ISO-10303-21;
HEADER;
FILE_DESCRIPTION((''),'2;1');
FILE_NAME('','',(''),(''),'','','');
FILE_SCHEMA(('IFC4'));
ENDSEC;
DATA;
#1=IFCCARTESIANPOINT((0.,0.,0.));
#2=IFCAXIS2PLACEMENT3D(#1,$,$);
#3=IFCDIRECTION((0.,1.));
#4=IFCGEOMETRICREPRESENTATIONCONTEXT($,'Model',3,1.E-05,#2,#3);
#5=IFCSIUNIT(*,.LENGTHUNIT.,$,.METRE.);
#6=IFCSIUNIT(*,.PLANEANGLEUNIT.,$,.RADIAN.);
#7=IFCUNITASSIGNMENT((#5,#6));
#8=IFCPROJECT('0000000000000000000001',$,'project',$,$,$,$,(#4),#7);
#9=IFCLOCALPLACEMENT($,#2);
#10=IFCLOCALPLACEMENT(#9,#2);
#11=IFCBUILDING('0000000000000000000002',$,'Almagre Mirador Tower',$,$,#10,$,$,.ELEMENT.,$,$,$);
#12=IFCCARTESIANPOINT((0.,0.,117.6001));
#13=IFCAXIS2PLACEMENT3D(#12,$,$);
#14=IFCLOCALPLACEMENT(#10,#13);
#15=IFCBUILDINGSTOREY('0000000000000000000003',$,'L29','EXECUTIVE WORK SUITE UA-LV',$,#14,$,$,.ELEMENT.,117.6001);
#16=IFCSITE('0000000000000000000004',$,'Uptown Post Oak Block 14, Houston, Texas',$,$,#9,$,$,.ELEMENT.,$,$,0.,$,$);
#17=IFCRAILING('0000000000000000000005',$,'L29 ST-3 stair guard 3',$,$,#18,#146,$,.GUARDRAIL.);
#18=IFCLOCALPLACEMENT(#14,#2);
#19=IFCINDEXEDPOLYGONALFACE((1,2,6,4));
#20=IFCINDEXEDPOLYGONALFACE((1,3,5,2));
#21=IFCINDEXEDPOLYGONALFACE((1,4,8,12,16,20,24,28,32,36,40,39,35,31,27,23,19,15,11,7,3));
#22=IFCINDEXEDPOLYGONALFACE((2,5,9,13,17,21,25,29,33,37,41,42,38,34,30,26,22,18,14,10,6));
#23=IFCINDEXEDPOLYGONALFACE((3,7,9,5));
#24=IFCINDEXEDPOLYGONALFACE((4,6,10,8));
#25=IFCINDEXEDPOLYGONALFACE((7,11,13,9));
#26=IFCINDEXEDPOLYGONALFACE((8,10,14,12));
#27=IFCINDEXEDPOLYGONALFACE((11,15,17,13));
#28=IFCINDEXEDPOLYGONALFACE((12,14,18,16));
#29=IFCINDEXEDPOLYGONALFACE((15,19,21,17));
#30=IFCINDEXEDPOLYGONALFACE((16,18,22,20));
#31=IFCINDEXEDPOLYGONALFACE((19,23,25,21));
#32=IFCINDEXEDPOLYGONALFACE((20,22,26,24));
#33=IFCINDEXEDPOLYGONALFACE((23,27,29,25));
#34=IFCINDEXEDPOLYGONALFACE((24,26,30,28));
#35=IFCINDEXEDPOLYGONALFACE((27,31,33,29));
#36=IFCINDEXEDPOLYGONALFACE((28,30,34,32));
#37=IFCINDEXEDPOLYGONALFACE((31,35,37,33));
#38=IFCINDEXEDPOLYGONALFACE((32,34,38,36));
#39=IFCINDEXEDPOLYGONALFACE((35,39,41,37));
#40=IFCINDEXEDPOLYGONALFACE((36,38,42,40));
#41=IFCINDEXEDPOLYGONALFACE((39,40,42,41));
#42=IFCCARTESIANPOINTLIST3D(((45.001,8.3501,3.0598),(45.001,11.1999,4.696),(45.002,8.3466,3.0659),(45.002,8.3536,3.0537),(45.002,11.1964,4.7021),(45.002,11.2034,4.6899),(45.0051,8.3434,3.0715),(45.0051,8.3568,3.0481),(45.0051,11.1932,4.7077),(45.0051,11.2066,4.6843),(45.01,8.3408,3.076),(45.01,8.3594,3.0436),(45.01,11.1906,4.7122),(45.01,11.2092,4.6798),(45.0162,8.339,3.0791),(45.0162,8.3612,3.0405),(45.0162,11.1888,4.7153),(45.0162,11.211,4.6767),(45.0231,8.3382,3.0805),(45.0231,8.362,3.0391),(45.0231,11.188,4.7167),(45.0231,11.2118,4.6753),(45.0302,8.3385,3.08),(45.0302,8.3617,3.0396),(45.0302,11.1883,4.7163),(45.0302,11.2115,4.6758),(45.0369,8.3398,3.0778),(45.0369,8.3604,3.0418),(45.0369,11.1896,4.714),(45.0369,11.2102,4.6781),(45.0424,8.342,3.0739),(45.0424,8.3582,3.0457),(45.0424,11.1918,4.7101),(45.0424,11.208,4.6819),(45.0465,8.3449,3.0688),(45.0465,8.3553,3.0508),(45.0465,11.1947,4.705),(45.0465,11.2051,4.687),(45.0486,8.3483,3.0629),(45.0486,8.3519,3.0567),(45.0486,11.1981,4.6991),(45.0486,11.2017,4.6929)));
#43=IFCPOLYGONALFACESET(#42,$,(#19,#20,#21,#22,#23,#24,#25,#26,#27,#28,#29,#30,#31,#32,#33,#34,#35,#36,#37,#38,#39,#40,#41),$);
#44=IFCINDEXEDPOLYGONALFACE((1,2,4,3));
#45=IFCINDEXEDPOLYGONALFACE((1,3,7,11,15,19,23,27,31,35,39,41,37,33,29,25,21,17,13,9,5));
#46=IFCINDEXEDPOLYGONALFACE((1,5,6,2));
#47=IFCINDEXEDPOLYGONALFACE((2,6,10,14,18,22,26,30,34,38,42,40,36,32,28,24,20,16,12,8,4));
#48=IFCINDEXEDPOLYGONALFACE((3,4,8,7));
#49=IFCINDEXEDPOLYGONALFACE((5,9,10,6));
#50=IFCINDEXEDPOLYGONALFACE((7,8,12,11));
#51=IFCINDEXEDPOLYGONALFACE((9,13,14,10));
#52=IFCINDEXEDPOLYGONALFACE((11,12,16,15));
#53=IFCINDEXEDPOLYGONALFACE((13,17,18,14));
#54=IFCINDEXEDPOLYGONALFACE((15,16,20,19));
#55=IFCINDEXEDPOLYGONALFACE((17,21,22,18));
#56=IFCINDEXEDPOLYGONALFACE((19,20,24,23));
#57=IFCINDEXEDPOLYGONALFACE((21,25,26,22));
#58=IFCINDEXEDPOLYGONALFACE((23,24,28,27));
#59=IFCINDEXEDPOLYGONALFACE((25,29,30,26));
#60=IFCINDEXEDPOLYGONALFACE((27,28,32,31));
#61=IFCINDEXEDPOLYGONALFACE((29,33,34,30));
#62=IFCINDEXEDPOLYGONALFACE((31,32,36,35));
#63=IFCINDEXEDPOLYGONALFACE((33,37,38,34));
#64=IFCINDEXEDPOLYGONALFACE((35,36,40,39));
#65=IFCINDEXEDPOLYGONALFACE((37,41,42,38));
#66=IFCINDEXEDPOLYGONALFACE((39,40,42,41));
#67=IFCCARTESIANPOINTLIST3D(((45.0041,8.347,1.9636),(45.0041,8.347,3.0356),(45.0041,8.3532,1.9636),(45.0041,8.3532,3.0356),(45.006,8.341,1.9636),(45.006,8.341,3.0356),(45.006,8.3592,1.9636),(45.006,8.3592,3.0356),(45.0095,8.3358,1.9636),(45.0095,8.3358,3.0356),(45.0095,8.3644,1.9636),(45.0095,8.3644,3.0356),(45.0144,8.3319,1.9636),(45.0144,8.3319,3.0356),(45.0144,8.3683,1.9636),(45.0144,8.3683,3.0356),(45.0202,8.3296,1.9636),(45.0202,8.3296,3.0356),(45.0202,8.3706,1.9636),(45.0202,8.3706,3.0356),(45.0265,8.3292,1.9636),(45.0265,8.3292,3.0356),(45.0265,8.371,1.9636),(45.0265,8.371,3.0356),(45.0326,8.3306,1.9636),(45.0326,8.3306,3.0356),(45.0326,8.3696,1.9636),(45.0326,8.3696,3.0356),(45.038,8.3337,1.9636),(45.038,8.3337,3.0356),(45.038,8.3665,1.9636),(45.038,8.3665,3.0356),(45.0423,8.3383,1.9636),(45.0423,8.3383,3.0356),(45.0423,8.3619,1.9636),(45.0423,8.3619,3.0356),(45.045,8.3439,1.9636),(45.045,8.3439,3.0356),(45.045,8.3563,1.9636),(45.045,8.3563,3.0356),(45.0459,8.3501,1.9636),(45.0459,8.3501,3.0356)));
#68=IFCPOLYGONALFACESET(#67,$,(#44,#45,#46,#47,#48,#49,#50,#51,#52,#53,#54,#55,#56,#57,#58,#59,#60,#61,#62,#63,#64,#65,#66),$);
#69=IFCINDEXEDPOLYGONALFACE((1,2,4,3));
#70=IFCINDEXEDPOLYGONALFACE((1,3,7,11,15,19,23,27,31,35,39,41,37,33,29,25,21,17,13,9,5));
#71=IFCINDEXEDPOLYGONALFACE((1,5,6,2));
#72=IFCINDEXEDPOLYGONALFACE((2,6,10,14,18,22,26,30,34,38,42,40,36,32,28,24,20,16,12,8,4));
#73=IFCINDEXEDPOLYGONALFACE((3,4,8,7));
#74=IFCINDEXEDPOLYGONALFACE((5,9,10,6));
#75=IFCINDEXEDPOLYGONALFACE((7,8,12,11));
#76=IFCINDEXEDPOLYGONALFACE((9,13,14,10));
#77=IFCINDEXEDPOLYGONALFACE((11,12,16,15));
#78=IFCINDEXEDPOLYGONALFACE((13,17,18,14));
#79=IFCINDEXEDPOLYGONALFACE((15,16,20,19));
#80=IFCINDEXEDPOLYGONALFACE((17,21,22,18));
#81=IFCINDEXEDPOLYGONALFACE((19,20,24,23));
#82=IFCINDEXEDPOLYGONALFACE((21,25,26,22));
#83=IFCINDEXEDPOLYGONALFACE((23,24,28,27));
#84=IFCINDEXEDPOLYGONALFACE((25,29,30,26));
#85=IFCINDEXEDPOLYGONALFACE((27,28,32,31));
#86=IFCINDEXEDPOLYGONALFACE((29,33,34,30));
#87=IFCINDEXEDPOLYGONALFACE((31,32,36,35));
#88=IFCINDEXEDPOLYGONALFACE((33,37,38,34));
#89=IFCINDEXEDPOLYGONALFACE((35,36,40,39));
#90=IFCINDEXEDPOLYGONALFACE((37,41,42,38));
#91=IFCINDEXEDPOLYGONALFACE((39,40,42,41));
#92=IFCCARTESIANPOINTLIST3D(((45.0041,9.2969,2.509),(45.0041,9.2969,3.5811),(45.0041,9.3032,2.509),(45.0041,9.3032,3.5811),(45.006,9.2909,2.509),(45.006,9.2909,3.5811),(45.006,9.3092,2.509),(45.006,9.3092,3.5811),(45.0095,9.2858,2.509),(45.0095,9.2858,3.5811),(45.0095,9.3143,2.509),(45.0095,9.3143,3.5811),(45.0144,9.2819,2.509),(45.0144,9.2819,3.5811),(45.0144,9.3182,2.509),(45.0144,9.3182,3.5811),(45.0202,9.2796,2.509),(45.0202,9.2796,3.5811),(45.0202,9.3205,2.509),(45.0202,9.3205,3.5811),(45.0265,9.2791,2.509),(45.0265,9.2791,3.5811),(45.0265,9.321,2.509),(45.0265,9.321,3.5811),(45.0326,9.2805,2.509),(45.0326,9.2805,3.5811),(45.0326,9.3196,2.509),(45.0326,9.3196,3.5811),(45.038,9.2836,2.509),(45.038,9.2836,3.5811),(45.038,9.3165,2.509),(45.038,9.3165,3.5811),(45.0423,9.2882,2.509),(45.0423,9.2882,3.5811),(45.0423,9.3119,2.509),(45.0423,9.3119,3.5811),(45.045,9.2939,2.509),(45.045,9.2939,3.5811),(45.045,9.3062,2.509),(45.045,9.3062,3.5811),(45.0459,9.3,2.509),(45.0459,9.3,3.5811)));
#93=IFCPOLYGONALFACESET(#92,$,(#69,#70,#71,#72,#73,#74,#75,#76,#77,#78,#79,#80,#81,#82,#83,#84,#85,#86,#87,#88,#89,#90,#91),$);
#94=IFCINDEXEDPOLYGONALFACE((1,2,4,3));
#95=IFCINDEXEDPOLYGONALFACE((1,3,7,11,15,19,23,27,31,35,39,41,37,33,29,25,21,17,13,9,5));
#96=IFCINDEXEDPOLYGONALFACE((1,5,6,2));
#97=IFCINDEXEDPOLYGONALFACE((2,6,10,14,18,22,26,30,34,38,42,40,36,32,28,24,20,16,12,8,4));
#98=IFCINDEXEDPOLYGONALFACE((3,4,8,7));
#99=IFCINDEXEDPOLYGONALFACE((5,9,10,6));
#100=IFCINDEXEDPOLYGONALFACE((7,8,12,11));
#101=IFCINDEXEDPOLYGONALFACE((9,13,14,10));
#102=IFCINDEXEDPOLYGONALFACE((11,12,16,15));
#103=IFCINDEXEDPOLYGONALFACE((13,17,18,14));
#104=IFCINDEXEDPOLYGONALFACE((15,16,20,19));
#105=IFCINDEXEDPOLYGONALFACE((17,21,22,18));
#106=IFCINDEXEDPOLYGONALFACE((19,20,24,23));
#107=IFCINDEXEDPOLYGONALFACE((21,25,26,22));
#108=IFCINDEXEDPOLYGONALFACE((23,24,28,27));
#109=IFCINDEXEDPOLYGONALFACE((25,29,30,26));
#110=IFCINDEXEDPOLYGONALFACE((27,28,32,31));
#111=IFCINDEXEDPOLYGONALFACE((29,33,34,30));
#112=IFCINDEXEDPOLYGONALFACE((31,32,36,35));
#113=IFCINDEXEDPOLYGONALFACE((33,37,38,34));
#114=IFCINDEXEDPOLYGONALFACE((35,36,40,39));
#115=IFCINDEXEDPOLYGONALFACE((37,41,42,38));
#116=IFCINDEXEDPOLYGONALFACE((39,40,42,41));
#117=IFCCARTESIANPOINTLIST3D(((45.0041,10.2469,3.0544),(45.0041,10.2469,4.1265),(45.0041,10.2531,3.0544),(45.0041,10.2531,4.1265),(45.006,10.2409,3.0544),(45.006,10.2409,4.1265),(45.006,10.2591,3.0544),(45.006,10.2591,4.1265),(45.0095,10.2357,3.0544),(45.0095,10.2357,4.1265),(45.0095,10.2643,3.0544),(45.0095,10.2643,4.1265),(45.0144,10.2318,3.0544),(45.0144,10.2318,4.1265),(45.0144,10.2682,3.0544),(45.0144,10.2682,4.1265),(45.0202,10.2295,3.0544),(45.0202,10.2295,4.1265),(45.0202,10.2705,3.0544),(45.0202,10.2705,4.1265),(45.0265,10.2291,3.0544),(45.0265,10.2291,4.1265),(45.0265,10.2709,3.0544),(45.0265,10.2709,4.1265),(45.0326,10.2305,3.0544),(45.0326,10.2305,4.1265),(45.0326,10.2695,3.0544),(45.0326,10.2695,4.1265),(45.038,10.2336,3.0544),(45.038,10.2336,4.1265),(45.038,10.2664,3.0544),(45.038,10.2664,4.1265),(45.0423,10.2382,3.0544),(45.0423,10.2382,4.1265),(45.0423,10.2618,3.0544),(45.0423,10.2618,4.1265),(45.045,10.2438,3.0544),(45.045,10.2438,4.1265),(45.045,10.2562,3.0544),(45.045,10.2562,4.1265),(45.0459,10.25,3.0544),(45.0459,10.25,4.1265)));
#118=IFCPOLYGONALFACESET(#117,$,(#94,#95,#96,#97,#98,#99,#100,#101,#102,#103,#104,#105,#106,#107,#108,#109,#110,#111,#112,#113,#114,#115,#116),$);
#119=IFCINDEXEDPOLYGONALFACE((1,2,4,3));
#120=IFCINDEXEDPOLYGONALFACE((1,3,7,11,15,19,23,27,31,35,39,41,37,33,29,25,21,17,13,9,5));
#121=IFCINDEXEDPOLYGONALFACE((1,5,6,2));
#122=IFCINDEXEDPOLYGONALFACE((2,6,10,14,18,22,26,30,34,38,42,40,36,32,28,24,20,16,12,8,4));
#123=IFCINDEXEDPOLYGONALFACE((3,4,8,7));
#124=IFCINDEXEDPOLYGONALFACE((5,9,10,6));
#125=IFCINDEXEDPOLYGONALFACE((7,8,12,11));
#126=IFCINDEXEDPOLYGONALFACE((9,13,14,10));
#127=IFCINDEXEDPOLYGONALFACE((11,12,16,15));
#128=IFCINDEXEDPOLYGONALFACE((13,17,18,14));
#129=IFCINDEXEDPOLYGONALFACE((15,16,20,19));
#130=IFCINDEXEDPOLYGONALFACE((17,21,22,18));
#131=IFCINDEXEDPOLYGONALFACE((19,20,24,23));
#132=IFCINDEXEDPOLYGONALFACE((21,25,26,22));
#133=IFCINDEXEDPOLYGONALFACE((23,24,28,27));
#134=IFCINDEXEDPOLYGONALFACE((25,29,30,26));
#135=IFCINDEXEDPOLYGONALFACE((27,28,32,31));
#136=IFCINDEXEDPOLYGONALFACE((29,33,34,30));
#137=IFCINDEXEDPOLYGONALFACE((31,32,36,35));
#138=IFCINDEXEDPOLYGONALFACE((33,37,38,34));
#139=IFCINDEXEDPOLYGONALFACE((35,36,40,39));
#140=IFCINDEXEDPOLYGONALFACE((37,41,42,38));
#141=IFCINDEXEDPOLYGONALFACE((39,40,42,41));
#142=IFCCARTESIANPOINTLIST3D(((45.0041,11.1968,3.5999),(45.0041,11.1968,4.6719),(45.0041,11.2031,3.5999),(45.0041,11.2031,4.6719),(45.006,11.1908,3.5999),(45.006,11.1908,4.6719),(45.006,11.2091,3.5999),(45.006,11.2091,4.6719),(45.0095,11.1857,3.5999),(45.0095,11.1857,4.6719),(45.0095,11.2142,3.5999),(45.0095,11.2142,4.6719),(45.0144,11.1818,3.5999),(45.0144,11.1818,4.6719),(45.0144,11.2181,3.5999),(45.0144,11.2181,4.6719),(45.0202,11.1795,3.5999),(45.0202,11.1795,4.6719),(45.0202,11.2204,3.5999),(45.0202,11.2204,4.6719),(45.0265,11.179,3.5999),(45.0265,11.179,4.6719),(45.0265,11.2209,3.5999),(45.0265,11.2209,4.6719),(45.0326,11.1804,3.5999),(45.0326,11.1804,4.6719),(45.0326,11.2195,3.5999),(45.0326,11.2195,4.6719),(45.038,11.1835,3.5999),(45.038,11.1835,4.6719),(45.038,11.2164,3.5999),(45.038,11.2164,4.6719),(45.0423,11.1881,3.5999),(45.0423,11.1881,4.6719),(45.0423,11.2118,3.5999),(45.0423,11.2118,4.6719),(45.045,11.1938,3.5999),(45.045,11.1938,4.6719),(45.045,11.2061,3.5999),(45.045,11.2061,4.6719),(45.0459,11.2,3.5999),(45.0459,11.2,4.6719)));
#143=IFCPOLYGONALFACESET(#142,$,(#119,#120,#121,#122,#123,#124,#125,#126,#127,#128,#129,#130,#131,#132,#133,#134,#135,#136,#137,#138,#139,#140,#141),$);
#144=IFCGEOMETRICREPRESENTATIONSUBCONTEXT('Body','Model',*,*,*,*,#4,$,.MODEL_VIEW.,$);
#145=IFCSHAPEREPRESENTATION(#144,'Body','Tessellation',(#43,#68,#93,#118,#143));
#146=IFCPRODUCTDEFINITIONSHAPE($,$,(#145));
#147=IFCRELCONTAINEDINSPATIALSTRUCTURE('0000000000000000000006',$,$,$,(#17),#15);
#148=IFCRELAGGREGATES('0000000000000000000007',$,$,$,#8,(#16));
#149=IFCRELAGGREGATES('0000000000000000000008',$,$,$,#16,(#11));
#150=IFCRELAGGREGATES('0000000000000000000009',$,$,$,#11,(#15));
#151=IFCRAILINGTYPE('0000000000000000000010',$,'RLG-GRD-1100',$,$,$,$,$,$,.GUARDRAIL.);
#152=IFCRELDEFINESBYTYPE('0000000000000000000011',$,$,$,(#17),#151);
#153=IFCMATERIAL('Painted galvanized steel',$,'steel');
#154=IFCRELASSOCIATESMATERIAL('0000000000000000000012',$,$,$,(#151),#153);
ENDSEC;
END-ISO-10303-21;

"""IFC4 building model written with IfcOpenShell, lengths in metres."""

from ifc_helpers import new_model, si_unit, direction, frame, origin, origin_2d, place, context, subcontext, project, spatial, circle, extrude, material, type_object, element, save


model = new_model("IFC4")

# Units and contexts
model_context = context("Model", 3, precision=1e-05, world=origin(), true_north=direction((0.0, 1.0)))
body_context = subcontext(model_context, "Body", "Model", "MODEL_VIEW")
ifc_project = project(units=[si_unit("LENGTHUNIT", "METRE"), si_unit("PLANEANGLEUNIT", "RADIAN")], contexts=[model_context])

# Site, building, storey
site_placement = place(None, origin())
site = spatial("IfcSite", under=ifc_project, at=site_placement, Name="Uptown Post Oak Block 14, Houston, Texas", CompositionType="ELEMENT", RefElevation=0.0)
building_placement = place(site_placement, origin())
building = spatial("IfcBuilding", under=site, at=building_placement, Name="Almagre Mirador Tower", CompositionType="ELEMENT")
storey_placement = place(building_placement, frame((0.0, 0.0, 117.6001)))
storey = spatial("IfcBuildingStorey", under=building, at=storey_placement, Name="L29", Description="EXECUTIVE WORK SUITE UA-LV", CompositionType="ELEMENT", Elevation=117.6001)

# Railing
ifc_material_1 = material(Name="Painted galvanized steel", Category="steel")
railing_type_1 = type_object("IfcRailingType", Name="RLG-GRD-1100", PredefinedType="GUARDRAIL", material=ifc_material_1)
railing_1_placement = place(storey_placement, frame((45.0249, 8.3501, 1.9636)))
element("IfcRailing", 1, at=railing_1_placement, inside=storey, type_object=railing_type_1, Name="L29 ST-3 stair guard 3", PredefinedType="GUARDRAIL", context=body_context, shape_type="SweptSolid", body=[
    extrude(circle(Radius=0.0239, at=origin_2d()), frame((0.0, 0.0, 1.0962), z_axis=(0.0, 0.867226, 0.497914), x_axis=(-1.0, 0.0, 0.0)), (0.0, 0.0, 1.0), 3.2861),
    extrude(circle(Radius=0.021, at=origin_2d()), origin(), (0.0, 0.0, 1.0), 1.072),
    extrude(circle(Radius=0.021, at=origin_2d()), frame((0.0, 0.95, 0.5454)), (0.0, 0.0, 1.0), 1.072),
    extrude(circle(Radius=0.021, at=origin_2d()), frame((0.0, 1.8999, 1.0908)), (0.0, 0.0, 1.0), 1.072),
    extrude(circle(Radius=0.021, at=origin_2d()), frame((0.0, 2.8499, 1.6362)), (0.0, 0.0, 1.0), 1.072),
])

save(model, "model.ifc")
